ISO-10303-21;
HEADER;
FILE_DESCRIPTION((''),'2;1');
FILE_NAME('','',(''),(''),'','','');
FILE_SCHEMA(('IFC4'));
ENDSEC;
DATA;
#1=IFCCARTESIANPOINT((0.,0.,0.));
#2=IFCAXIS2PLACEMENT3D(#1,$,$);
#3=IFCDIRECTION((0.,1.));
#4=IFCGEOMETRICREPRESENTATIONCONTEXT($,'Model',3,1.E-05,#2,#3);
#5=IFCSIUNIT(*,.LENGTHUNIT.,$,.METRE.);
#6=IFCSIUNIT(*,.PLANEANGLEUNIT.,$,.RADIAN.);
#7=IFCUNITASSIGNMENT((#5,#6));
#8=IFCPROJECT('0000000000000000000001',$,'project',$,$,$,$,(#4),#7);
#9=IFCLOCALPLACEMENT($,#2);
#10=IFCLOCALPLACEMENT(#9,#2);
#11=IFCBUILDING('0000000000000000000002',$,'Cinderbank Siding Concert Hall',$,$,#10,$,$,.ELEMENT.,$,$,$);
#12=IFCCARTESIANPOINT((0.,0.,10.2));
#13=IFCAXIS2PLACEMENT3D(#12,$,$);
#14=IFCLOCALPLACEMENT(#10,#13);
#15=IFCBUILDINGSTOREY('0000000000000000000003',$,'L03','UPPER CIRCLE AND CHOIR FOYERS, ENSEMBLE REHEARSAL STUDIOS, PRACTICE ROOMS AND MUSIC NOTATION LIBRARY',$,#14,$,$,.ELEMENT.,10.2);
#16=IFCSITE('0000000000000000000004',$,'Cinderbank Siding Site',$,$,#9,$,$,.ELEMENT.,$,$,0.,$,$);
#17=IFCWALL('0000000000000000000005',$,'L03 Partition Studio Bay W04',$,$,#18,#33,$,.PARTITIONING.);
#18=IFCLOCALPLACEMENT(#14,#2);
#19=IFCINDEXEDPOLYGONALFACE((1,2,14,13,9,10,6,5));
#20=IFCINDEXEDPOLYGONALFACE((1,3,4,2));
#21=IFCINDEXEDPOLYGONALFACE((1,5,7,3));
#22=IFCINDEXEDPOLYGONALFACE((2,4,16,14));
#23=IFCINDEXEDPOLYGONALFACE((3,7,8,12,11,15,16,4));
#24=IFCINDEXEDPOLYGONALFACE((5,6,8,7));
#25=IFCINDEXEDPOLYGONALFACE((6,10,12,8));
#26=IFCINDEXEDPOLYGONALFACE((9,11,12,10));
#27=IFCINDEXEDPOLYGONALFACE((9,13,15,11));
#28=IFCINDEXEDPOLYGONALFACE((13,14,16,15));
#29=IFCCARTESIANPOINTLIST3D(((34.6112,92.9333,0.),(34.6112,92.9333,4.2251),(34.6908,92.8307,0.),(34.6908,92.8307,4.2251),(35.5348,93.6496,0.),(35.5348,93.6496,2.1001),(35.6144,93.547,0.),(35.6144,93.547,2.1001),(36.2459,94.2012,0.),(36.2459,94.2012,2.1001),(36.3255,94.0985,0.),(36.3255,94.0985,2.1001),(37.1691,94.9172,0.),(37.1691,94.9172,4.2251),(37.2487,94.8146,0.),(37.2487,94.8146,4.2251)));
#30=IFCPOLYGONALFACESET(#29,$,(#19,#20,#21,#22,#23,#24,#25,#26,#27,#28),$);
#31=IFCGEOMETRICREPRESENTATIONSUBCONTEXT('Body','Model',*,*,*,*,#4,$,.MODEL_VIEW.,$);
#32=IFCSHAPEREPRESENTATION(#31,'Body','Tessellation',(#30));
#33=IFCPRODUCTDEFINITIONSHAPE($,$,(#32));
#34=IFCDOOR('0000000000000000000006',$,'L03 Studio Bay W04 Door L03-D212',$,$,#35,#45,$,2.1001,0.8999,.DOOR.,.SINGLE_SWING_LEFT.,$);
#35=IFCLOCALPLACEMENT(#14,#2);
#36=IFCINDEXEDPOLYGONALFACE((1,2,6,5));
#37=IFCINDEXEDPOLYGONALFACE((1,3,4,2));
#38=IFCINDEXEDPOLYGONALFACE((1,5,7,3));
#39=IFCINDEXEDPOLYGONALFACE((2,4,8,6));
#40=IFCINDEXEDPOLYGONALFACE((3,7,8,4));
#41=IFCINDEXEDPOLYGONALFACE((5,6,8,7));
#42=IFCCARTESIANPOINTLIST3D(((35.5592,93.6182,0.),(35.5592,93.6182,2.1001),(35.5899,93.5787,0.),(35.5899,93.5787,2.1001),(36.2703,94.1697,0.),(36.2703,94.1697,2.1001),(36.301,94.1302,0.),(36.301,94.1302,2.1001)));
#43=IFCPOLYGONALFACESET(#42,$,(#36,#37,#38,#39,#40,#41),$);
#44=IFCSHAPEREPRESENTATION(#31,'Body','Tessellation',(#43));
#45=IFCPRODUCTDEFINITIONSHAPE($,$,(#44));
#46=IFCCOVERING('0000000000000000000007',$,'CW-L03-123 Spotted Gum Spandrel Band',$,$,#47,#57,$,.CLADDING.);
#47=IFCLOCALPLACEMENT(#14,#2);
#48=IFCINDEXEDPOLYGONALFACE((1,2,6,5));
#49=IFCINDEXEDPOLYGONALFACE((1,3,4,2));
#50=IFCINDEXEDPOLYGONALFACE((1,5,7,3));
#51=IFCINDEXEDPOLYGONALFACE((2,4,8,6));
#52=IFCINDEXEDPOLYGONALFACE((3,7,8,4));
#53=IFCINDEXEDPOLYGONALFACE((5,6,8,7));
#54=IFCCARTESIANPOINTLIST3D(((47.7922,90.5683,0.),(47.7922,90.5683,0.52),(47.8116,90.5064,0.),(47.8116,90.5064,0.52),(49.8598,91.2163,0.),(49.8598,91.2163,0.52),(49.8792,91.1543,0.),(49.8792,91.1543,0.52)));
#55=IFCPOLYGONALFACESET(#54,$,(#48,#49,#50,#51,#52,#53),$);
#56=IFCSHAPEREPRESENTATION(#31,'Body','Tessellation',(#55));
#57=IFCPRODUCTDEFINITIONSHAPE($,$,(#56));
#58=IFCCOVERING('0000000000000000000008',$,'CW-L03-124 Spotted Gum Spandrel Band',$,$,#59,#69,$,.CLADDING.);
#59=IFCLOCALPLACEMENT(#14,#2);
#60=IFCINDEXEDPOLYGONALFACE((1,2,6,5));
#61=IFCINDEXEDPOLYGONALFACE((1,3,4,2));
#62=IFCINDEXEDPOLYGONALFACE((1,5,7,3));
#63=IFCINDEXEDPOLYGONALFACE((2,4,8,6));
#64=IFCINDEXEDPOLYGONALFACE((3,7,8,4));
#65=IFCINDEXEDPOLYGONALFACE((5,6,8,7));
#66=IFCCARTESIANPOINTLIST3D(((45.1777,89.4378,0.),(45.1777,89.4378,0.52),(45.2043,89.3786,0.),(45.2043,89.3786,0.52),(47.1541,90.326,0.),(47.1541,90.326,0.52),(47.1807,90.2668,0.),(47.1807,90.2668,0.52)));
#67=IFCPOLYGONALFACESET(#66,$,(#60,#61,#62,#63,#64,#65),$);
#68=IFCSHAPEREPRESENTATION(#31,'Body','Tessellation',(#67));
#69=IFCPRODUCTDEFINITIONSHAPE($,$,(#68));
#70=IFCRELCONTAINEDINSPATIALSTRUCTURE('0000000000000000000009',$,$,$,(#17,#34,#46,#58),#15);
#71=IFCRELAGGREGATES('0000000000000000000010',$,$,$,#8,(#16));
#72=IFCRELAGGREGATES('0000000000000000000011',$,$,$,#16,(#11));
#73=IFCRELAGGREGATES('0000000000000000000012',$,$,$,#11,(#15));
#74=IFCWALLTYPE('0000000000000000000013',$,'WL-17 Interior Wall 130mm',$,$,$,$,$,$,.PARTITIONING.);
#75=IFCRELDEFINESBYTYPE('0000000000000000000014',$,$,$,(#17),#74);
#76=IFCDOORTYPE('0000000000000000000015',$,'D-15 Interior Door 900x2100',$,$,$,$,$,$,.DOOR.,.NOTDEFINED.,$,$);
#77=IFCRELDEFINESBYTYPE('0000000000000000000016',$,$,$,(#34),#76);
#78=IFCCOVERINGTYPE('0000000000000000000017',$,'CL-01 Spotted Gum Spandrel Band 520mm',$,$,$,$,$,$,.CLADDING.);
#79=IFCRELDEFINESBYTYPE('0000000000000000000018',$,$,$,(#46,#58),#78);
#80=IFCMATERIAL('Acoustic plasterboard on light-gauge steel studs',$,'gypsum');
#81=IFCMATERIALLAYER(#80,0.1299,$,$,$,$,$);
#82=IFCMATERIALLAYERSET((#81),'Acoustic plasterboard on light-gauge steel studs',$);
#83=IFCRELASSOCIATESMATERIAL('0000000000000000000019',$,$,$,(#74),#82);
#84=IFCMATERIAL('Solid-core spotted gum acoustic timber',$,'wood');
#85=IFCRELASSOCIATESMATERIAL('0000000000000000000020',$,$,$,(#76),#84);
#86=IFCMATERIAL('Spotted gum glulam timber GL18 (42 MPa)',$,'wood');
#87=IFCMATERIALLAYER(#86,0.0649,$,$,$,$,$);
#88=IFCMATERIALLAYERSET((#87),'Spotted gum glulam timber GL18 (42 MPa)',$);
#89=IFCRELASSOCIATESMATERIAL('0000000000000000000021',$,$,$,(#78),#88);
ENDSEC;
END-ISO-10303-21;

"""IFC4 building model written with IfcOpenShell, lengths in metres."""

from ifc_helpers import new_model, si_unit, direction, frame, frame_2d, origin, origin_2d, place, context, subcontext, project, spatial, rectangle, extrude, material, layer, layer_set, type_object, element, fill, save


model = new_model("IFC4")

# Units and contexts
model_context = context("Model", 3, precision=1e-05, world=origin(), true_north=direction((0.0, 1.0)))
body_context = subcontext(model_context, "Body", "Model", "MODEL_VIEW")
ifc_project = project(units=[si_unit("LENGTHUNIT", "METRE"), si_unit("PLANEANGLEUNIT", "RADIAN")], contexts=[model_context])

# Site, building, storey
site_placement = place(None, origin())
site = spatial("IfcSite", under=ifc_project, at=site_placement, Name="Cinderbank Siding Site", CompositionType="ELEMENT", RefElevation=0.0)
building_placement = place(site_placement, origin())
building = spatial("IfcBuilding", under=site, at=building_placement, Name="Cinderbank Siding Concert Hall", CompositionType="ELEMENT")
storey_placement = place(building_placement, frame((0.0, 0.0, 10.2)))
storey = spatial("IfcBuildingStorey", under=building, at=storey_placement, Name="L03", Description="UPPER CIRCLE AND CHOIR FOYERS, ENSEMBLE REHEARSAL STUDIOS, PRACTICE ROOMS AND MUSIC NOTATION LIBRARY", CompositionType="ELEMENT", Elevation=10.2)

# Shared definitions
ifc_material_1 = material(Name="Spotted gum glulam timber GL18 (42 MPa)", Category="wood")

# Shared definitions
ifc_material_2 = material(Name="Acoustic plasterboard on light-gauge steel studs", Category="gypsum")

# Wall, opening, door
ifc_layer_1 = layer(ifc_material_2, 0.1299)
ifc_layer_set_1 = layer_set([ifc_layer_1], Name="Acoustic plasterboard on light-gauge steel studs")
wall_type_1 = type_object("IfcWallType", Name="WL-17 Interior Wall 130mm", PredefinedType="PARTITIONING", material=ifc_layer_set_1)
wall_1_placement = place(storey_placement, frame((37.209, 94.866, 0.0), z_axis=(0.0, 0.0, 1.0), x_axis=(-0.790184, -0.61287, 0.0)))
wall_1 = element("IfcWall", 1, at=wall_1_placement, inside=storey, type_object=wall_type_1, Name="L03 Partition Studio Bay W04", PredefinedType="PARTITIONING", context=body_context, shape_type="SweptSolid", body=[
    extrude(rectangle(XDim=3.2371, YDim=0.1299, at=frame_2d((1.6187, 0.0))), origin(), (0.0, 0.0, 1.0), 4.2251),
])
opening_placement = place(wall_1_placement, frame((1.1685, 0.0, 0.0)))
opening = element("IfcOpeningElement", 2, at=opening_placement, cuts=wall_1, PredefinedType="OPENING", context=body_context, shape_type="SweptSolid", body=[
    extrude(rectangle(XDim=0.8999, YDim=2.1001, at=frame_2d((0.45, 1.05))), frame((0.0, 0.0769, 0.0), z_axis=(0.0, -1.0, 0.0), x_axis=(1.0, 0.0, 0.0)), (0.0, 0.0, 1.0), 0.1538),
])
ifc_material_3 = material(Name="Solid-core spotted gum acoustic timber", Category="wood")
door_type = type_object("IfcDoorType", Name="D-15 Interior Door 900x2100", OperationType="NOTDEFINED", PredefinedType="DOOR", material=ifc_material_3)
door_placement = place(opening_placement, origin())
door = element("IfcDoor", 3, at=door_placement, inside=storey, type_object=door_type, Name="L03 Studio Bay W04 Door L03-D212", OperationType="SINGLE_SWING_LEFT", OverallHeight=2.1001, OverallWidth=0.8999, PredefinedType="DOOR", context=body_context, shape_type="SweptSolid", body=[
    extrude(rectangle(XDim=0.8999, YDim=2.1001, at=frame_2d((0.45, 1.05))), frame((0.0, 0.0249, 0.0), z_axis=(0.0, -1.0, 0.0), x_axis=(1.0, 0.0, 0.0)), (0.0, 0.0, 1.0), 0.05),
])
fill(opening, door)

# Coverings
ifc_layer_2 = layer(ifc_material_1, 0.0649)
ifc_layer_set_2 = layer_set([ifc_layer_2], Name="Spotted gum glulam timber GL18 (42 MPa)")
covering_type = type_object("IfcCoveringType", Name="CL-01 Spotted Gum Spandrel Band 520mm", PredefinedType="CLADDING", material=ifc_layer_set_2)
for number, where, z_axis, x_axis, name in (
    (4, (48.8357, 90.8613, 0.0), (0.0, 0.0, 1.0), (-0.95424, -0.299041, 0.0), "CW-L03-123 Spotted Gum Spandrel Band"),
    (5, (46.1792, 89.8523, 0.0), (0.0, 0.0, 1.0), (-0.912122, -0.409919, 0.0), "CW-L03-124 Spotted Gum Spandrel Band"),
):
    element("IfcCovering", number, at=place(storey_placement, frame(where, z_axis=z_axis, x_axis=x_axis)), inside=storey, type_object=covering_type, Name=name, PredefinedType="CLADDING", context=body_context, shape_type="SweptSolid", body=[
        extrude(rectangle(XDim=2.1667, YDim=0.0649, at=origin_2d()), origin(), (0.0, 0.0, 1.0), 0.52),
    ])

save(model, "model.ifc")
